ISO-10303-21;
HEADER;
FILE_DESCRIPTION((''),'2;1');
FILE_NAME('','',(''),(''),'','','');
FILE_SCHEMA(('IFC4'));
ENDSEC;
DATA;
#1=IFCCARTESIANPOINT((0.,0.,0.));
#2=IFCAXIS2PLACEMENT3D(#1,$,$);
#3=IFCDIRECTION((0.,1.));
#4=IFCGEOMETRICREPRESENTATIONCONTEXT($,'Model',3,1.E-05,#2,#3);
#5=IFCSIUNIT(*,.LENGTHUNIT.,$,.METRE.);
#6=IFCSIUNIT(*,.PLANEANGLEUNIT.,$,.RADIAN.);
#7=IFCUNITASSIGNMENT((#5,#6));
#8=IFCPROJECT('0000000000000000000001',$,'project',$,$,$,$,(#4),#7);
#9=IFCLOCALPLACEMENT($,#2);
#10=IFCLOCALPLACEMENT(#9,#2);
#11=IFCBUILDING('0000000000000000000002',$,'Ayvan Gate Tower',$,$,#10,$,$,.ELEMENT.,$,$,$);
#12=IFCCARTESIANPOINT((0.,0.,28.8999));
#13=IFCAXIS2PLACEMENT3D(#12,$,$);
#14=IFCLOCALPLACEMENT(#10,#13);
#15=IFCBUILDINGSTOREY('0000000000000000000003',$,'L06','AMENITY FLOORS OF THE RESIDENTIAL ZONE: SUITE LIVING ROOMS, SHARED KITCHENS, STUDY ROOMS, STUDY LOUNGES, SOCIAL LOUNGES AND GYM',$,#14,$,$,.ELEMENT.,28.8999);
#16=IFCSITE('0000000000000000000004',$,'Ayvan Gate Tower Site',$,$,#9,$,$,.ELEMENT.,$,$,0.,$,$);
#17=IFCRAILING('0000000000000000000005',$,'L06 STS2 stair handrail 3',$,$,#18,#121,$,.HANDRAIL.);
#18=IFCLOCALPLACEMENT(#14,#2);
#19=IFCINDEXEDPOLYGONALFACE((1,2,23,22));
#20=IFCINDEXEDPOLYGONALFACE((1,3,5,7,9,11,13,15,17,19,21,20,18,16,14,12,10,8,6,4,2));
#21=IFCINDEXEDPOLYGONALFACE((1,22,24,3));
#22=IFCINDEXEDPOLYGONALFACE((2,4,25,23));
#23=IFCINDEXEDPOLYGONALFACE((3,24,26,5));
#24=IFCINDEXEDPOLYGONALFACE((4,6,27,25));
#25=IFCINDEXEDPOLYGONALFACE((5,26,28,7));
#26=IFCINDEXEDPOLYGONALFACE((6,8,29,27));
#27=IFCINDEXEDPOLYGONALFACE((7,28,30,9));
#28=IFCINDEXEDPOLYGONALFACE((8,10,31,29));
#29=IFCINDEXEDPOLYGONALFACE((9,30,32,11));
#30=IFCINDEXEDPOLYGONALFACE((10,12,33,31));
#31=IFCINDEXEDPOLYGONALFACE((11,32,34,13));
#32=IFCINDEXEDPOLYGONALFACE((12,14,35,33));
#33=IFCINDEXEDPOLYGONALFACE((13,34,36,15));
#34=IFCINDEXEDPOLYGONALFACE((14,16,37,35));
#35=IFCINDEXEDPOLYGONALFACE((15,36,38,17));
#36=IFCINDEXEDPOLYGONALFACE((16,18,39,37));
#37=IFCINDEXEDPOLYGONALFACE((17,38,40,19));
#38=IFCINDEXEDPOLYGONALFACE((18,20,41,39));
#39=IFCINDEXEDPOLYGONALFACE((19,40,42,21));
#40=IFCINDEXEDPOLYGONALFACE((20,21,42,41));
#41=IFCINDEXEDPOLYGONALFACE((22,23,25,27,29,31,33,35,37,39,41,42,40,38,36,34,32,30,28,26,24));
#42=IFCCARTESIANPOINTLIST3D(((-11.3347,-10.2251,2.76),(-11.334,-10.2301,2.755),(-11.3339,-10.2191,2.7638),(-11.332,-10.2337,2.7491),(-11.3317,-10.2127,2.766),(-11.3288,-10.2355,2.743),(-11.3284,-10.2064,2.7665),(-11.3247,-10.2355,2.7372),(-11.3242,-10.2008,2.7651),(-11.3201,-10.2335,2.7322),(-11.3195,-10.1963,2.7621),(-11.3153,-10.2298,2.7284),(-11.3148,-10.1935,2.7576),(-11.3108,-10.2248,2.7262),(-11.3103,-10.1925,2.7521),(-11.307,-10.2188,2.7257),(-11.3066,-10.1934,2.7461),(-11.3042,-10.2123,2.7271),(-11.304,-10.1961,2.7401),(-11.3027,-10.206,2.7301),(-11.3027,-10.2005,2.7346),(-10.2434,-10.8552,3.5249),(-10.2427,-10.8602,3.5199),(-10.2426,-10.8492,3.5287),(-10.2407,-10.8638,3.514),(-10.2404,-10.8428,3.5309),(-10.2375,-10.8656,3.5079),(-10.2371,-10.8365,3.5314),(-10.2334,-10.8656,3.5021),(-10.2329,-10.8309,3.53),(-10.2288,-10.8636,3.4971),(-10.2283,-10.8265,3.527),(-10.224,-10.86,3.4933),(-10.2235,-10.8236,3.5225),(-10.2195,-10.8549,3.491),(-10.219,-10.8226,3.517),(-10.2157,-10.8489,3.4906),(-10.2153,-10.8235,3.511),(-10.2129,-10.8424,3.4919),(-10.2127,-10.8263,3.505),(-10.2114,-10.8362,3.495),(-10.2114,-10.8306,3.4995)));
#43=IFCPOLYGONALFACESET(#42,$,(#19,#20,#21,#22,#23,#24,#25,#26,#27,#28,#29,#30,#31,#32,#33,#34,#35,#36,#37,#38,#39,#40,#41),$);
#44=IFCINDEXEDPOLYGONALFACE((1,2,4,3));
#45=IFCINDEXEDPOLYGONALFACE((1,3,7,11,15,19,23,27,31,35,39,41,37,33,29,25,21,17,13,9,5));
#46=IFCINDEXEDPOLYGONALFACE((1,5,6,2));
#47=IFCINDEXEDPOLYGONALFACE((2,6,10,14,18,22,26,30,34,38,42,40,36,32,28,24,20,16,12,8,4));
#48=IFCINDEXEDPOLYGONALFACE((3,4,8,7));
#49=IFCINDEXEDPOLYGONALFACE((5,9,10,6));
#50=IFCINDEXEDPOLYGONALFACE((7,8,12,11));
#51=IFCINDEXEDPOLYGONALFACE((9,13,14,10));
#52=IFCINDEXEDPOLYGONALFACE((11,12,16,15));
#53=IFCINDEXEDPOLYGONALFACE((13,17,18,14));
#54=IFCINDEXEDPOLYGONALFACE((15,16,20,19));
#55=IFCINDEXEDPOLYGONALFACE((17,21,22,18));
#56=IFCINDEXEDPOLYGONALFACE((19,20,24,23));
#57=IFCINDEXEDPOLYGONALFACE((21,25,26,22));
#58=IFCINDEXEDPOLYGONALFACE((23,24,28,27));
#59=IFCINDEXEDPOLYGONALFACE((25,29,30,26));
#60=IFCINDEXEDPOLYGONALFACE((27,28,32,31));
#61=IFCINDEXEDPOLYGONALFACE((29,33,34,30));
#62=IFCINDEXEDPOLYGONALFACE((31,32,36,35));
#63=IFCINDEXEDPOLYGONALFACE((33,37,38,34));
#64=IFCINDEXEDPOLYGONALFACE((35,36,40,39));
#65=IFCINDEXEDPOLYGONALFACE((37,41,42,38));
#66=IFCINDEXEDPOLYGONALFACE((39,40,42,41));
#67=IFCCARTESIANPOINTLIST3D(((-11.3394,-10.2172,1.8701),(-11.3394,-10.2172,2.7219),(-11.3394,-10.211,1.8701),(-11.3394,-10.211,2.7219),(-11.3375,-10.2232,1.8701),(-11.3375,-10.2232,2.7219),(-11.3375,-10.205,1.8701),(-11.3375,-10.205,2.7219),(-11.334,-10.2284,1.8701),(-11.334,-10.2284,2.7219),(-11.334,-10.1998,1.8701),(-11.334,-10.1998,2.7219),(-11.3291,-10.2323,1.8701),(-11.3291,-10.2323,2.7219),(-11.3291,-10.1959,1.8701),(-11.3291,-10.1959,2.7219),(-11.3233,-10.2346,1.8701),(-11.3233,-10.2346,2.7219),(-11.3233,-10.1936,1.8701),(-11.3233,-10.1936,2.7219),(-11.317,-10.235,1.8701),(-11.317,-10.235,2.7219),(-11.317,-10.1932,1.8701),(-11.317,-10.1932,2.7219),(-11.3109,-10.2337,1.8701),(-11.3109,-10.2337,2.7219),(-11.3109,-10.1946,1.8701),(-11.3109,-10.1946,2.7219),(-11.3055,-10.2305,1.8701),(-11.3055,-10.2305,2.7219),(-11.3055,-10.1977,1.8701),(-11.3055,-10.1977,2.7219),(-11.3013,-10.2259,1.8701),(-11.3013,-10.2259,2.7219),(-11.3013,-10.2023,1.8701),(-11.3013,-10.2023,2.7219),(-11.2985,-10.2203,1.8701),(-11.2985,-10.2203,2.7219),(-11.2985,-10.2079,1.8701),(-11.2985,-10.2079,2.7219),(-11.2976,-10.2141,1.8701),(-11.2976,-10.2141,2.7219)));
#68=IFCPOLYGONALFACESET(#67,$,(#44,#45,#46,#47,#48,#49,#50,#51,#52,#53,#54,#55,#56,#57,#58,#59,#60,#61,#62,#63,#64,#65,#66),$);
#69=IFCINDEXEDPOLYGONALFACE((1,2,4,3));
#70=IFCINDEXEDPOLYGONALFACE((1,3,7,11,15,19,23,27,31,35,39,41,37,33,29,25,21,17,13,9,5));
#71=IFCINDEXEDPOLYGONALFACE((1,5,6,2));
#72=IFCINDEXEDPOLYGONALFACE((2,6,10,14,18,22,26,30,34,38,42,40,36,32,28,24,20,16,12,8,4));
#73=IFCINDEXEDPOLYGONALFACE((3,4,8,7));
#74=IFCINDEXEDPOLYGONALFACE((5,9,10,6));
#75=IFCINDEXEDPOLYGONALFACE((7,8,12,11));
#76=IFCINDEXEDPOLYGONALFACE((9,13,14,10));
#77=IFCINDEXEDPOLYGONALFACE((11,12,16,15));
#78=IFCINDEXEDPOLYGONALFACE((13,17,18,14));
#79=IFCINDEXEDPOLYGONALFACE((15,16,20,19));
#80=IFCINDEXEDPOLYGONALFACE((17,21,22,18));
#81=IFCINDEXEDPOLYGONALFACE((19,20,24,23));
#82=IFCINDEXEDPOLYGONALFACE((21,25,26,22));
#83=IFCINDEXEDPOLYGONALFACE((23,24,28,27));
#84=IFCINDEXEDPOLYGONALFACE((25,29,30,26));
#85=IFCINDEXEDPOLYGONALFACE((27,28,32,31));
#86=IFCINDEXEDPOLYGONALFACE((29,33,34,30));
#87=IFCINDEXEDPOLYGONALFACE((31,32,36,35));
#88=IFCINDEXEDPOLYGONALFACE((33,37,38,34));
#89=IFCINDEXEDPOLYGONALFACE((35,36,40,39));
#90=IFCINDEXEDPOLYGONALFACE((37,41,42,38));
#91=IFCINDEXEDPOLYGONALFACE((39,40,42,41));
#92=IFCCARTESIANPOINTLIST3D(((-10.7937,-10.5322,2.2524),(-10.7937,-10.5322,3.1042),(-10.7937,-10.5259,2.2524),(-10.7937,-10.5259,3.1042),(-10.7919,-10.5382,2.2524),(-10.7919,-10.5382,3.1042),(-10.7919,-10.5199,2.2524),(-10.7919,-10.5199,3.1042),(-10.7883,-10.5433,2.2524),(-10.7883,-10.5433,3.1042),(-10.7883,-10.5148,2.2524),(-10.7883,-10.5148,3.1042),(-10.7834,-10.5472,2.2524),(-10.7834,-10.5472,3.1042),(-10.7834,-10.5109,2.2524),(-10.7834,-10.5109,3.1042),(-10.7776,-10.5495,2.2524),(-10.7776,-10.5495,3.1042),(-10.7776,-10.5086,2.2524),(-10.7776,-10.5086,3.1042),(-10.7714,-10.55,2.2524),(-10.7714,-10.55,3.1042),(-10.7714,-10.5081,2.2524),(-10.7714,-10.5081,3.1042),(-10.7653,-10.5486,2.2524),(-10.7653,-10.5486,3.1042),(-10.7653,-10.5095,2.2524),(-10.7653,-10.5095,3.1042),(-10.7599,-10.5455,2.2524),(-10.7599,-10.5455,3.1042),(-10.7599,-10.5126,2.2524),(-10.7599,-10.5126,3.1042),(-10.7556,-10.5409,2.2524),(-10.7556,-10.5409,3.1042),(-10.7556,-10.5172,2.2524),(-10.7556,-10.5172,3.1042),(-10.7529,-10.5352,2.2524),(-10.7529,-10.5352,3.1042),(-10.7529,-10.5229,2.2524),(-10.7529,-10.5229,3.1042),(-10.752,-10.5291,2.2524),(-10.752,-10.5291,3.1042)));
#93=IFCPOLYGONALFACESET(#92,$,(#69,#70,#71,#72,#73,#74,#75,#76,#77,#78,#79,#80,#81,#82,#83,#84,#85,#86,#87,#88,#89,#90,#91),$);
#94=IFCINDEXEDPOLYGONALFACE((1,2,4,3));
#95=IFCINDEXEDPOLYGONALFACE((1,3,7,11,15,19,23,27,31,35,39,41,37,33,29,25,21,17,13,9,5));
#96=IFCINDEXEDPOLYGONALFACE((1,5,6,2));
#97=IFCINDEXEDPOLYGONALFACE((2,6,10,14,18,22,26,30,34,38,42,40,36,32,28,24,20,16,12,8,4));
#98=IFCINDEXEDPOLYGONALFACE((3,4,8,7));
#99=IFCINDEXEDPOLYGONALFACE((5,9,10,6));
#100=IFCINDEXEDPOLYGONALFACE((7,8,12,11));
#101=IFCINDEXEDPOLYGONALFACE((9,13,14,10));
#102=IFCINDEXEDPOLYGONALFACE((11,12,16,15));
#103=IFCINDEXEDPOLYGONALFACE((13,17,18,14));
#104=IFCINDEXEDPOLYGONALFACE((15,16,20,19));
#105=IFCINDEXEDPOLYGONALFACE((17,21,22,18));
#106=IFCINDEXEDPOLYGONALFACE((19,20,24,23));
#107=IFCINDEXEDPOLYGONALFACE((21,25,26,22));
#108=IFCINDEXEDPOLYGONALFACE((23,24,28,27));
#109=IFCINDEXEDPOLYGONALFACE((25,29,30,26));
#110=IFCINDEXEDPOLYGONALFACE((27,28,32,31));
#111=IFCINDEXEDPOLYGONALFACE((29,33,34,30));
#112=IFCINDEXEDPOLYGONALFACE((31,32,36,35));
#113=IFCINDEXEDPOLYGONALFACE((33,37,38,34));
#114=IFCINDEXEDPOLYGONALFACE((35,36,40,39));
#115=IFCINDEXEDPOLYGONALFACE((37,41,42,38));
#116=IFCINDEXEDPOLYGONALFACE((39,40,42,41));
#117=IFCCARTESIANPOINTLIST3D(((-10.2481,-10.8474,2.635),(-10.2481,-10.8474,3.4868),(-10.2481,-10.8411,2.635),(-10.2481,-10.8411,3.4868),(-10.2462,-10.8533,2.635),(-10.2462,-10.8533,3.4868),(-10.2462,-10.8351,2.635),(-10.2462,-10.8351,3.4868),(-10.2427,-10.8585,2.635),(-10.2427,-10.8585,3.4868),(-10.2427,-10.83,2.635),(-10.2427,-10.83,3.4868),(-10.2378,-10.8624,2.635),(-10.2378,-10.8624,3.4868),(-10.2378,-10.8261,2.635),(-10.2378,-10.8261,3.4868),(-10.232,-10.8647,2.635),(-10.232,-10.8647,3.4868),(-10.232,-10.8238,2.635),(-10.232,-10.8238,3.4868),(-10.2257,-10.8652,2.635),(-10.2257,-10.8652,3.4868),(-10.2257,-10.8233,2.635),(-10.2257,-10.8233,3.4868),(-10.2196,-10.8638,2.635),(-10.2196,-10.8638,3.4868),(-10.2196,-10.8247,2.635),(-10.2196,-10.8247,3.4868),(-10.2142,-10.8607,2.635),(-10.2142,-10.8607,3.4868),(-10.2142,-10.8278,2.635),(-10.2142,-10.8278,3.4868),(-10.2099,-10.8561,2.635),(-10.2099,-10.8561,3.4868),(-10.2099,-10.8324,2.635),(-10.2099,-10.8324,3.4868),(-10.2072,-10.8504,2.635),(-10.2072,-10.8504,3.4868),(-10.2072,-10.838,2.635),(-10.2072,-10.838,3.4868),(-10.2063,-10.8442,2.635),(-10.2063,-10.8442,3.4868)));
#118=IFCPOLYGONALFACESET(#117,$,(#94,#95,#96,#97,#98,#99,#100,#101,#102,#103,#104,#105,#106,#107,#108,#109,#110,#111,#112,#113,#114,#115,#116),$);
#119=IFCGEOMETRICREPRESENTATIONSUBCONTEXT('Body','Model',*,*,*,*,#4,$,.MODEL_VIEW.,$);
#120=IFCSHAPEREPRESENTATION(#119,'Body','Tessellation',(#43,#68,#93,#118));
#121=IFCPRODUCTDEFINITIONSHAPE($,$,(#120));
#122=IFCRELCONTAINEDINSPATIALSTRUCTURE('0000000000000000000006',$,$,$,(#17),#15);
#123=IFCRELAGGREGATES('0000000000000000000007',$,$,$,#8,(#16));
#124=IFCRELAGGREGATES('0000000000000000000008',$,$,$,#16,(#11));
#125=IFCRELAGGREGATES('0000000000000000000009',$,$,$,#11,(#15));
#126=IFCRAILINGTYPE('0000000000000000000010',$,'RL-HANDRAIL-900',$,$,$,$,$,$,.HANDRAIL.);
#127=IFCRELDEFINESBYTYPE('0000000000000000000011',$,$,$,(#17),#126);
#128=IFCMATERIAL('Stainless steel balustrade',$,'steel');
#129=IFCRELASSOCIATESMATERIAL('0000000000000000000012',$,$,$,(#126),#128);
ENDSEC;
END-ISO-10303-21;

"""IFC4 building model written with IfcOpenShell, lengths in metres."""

from ifc_helpers import new_model, si_unit, direction, frame, origin, origin_2d, place, context, subcontext, project, spatial, circle, extrude, material, type_object, element, save


model = new_model("IFC4")

# Units and contexts
model_context = context("Model", 3, precision=1e-05, world=origin(), true_north=direction((0.0, 1.0)))
body_context = subcontext(model_context, "Body", "Model", "MODEL_VIEW")
ifc_project = project(units=[si_unit("LENGTHUNIT", "METRE"), si_unit("PLANEANGLEUNIT", "RADIAN")], contexts=[model_context])

# Site, building, storey
site_placement = place(None, origin())
site = spatial("IfcSite", under=ifc_project, at=site_placement, Name="Ayvan Gate Tower Site", CompositionType="ELEMENT", RefElevation=0.0)
building_placement = place(site_placement, origin())
building = spatial("IfcBuilding", under=site, at=building_placement, Name="Ayvan Gate Tower", CompositionType="ELEMENT")
storey_placement = place(building_placement, frame((0.0, 0.0, 28.8999)))
storey = spatial("IfcBuildingStorey", under=building, at=storey_placement, Name="L06", Description="AMENITY FLOORS OF THE RESIDENTIAL ZONE: SUITE LIVING ROOMS, SHARED KITCHENS, STUDY ROOMS, STUDY LOUNGES, SOCIAL LOUNGES AND GYM", CompositionType="ELEMENT", Elevation=28.8999)

# Railing
ifc_material_1 = material(Name="Stainless steel balustrade", Category="steel")
railing_type_1 = type_object("IfcRailingType", Name="RL-HANDRAIL-900", PredefinedType="HANDRAIL", material=ifc_material_1)
railing_1_placement = place(storey_placement, frame((-11.3186, -10.2141, 1.8701)))
element("IfcRailing", 1, at=railing_1_placement, inside=storey, type_object=railing_type_1, Name="L06 STS2 stair handrail 3", PredefinedType="HANDRAIL", context=body_context, shape_type="SweptSolid", body=[
    extrude(circle(Radius=0.0239, at=origin_2d()), frame((0.0, 0.0, 0.876), z_axis=(0.740304, -0.427455, 0.518875), x_axis=(0.500035, 0.866005, 0.0)), (0.0, 0.0, 1.0), 1.4741),
    extrude(circle(Radius=0.021, at=origin_2d()), origin(), (0.0, 0.0, 1.0), 0.8518),
    extrude(circle(Radius=0.021, at=origin_2d()), frame((0.5457, -0.3149, 0.3823)), (0.0, 0.0, 1.0), 0.8518),
    extrude(circle(Radius=0.021, at=origin_2d()), frame((1.0913, -0.6301, 0.7649)), (0.0, 0.0, 1.0), 0.8518),
])

save(model, "model.ifc")
